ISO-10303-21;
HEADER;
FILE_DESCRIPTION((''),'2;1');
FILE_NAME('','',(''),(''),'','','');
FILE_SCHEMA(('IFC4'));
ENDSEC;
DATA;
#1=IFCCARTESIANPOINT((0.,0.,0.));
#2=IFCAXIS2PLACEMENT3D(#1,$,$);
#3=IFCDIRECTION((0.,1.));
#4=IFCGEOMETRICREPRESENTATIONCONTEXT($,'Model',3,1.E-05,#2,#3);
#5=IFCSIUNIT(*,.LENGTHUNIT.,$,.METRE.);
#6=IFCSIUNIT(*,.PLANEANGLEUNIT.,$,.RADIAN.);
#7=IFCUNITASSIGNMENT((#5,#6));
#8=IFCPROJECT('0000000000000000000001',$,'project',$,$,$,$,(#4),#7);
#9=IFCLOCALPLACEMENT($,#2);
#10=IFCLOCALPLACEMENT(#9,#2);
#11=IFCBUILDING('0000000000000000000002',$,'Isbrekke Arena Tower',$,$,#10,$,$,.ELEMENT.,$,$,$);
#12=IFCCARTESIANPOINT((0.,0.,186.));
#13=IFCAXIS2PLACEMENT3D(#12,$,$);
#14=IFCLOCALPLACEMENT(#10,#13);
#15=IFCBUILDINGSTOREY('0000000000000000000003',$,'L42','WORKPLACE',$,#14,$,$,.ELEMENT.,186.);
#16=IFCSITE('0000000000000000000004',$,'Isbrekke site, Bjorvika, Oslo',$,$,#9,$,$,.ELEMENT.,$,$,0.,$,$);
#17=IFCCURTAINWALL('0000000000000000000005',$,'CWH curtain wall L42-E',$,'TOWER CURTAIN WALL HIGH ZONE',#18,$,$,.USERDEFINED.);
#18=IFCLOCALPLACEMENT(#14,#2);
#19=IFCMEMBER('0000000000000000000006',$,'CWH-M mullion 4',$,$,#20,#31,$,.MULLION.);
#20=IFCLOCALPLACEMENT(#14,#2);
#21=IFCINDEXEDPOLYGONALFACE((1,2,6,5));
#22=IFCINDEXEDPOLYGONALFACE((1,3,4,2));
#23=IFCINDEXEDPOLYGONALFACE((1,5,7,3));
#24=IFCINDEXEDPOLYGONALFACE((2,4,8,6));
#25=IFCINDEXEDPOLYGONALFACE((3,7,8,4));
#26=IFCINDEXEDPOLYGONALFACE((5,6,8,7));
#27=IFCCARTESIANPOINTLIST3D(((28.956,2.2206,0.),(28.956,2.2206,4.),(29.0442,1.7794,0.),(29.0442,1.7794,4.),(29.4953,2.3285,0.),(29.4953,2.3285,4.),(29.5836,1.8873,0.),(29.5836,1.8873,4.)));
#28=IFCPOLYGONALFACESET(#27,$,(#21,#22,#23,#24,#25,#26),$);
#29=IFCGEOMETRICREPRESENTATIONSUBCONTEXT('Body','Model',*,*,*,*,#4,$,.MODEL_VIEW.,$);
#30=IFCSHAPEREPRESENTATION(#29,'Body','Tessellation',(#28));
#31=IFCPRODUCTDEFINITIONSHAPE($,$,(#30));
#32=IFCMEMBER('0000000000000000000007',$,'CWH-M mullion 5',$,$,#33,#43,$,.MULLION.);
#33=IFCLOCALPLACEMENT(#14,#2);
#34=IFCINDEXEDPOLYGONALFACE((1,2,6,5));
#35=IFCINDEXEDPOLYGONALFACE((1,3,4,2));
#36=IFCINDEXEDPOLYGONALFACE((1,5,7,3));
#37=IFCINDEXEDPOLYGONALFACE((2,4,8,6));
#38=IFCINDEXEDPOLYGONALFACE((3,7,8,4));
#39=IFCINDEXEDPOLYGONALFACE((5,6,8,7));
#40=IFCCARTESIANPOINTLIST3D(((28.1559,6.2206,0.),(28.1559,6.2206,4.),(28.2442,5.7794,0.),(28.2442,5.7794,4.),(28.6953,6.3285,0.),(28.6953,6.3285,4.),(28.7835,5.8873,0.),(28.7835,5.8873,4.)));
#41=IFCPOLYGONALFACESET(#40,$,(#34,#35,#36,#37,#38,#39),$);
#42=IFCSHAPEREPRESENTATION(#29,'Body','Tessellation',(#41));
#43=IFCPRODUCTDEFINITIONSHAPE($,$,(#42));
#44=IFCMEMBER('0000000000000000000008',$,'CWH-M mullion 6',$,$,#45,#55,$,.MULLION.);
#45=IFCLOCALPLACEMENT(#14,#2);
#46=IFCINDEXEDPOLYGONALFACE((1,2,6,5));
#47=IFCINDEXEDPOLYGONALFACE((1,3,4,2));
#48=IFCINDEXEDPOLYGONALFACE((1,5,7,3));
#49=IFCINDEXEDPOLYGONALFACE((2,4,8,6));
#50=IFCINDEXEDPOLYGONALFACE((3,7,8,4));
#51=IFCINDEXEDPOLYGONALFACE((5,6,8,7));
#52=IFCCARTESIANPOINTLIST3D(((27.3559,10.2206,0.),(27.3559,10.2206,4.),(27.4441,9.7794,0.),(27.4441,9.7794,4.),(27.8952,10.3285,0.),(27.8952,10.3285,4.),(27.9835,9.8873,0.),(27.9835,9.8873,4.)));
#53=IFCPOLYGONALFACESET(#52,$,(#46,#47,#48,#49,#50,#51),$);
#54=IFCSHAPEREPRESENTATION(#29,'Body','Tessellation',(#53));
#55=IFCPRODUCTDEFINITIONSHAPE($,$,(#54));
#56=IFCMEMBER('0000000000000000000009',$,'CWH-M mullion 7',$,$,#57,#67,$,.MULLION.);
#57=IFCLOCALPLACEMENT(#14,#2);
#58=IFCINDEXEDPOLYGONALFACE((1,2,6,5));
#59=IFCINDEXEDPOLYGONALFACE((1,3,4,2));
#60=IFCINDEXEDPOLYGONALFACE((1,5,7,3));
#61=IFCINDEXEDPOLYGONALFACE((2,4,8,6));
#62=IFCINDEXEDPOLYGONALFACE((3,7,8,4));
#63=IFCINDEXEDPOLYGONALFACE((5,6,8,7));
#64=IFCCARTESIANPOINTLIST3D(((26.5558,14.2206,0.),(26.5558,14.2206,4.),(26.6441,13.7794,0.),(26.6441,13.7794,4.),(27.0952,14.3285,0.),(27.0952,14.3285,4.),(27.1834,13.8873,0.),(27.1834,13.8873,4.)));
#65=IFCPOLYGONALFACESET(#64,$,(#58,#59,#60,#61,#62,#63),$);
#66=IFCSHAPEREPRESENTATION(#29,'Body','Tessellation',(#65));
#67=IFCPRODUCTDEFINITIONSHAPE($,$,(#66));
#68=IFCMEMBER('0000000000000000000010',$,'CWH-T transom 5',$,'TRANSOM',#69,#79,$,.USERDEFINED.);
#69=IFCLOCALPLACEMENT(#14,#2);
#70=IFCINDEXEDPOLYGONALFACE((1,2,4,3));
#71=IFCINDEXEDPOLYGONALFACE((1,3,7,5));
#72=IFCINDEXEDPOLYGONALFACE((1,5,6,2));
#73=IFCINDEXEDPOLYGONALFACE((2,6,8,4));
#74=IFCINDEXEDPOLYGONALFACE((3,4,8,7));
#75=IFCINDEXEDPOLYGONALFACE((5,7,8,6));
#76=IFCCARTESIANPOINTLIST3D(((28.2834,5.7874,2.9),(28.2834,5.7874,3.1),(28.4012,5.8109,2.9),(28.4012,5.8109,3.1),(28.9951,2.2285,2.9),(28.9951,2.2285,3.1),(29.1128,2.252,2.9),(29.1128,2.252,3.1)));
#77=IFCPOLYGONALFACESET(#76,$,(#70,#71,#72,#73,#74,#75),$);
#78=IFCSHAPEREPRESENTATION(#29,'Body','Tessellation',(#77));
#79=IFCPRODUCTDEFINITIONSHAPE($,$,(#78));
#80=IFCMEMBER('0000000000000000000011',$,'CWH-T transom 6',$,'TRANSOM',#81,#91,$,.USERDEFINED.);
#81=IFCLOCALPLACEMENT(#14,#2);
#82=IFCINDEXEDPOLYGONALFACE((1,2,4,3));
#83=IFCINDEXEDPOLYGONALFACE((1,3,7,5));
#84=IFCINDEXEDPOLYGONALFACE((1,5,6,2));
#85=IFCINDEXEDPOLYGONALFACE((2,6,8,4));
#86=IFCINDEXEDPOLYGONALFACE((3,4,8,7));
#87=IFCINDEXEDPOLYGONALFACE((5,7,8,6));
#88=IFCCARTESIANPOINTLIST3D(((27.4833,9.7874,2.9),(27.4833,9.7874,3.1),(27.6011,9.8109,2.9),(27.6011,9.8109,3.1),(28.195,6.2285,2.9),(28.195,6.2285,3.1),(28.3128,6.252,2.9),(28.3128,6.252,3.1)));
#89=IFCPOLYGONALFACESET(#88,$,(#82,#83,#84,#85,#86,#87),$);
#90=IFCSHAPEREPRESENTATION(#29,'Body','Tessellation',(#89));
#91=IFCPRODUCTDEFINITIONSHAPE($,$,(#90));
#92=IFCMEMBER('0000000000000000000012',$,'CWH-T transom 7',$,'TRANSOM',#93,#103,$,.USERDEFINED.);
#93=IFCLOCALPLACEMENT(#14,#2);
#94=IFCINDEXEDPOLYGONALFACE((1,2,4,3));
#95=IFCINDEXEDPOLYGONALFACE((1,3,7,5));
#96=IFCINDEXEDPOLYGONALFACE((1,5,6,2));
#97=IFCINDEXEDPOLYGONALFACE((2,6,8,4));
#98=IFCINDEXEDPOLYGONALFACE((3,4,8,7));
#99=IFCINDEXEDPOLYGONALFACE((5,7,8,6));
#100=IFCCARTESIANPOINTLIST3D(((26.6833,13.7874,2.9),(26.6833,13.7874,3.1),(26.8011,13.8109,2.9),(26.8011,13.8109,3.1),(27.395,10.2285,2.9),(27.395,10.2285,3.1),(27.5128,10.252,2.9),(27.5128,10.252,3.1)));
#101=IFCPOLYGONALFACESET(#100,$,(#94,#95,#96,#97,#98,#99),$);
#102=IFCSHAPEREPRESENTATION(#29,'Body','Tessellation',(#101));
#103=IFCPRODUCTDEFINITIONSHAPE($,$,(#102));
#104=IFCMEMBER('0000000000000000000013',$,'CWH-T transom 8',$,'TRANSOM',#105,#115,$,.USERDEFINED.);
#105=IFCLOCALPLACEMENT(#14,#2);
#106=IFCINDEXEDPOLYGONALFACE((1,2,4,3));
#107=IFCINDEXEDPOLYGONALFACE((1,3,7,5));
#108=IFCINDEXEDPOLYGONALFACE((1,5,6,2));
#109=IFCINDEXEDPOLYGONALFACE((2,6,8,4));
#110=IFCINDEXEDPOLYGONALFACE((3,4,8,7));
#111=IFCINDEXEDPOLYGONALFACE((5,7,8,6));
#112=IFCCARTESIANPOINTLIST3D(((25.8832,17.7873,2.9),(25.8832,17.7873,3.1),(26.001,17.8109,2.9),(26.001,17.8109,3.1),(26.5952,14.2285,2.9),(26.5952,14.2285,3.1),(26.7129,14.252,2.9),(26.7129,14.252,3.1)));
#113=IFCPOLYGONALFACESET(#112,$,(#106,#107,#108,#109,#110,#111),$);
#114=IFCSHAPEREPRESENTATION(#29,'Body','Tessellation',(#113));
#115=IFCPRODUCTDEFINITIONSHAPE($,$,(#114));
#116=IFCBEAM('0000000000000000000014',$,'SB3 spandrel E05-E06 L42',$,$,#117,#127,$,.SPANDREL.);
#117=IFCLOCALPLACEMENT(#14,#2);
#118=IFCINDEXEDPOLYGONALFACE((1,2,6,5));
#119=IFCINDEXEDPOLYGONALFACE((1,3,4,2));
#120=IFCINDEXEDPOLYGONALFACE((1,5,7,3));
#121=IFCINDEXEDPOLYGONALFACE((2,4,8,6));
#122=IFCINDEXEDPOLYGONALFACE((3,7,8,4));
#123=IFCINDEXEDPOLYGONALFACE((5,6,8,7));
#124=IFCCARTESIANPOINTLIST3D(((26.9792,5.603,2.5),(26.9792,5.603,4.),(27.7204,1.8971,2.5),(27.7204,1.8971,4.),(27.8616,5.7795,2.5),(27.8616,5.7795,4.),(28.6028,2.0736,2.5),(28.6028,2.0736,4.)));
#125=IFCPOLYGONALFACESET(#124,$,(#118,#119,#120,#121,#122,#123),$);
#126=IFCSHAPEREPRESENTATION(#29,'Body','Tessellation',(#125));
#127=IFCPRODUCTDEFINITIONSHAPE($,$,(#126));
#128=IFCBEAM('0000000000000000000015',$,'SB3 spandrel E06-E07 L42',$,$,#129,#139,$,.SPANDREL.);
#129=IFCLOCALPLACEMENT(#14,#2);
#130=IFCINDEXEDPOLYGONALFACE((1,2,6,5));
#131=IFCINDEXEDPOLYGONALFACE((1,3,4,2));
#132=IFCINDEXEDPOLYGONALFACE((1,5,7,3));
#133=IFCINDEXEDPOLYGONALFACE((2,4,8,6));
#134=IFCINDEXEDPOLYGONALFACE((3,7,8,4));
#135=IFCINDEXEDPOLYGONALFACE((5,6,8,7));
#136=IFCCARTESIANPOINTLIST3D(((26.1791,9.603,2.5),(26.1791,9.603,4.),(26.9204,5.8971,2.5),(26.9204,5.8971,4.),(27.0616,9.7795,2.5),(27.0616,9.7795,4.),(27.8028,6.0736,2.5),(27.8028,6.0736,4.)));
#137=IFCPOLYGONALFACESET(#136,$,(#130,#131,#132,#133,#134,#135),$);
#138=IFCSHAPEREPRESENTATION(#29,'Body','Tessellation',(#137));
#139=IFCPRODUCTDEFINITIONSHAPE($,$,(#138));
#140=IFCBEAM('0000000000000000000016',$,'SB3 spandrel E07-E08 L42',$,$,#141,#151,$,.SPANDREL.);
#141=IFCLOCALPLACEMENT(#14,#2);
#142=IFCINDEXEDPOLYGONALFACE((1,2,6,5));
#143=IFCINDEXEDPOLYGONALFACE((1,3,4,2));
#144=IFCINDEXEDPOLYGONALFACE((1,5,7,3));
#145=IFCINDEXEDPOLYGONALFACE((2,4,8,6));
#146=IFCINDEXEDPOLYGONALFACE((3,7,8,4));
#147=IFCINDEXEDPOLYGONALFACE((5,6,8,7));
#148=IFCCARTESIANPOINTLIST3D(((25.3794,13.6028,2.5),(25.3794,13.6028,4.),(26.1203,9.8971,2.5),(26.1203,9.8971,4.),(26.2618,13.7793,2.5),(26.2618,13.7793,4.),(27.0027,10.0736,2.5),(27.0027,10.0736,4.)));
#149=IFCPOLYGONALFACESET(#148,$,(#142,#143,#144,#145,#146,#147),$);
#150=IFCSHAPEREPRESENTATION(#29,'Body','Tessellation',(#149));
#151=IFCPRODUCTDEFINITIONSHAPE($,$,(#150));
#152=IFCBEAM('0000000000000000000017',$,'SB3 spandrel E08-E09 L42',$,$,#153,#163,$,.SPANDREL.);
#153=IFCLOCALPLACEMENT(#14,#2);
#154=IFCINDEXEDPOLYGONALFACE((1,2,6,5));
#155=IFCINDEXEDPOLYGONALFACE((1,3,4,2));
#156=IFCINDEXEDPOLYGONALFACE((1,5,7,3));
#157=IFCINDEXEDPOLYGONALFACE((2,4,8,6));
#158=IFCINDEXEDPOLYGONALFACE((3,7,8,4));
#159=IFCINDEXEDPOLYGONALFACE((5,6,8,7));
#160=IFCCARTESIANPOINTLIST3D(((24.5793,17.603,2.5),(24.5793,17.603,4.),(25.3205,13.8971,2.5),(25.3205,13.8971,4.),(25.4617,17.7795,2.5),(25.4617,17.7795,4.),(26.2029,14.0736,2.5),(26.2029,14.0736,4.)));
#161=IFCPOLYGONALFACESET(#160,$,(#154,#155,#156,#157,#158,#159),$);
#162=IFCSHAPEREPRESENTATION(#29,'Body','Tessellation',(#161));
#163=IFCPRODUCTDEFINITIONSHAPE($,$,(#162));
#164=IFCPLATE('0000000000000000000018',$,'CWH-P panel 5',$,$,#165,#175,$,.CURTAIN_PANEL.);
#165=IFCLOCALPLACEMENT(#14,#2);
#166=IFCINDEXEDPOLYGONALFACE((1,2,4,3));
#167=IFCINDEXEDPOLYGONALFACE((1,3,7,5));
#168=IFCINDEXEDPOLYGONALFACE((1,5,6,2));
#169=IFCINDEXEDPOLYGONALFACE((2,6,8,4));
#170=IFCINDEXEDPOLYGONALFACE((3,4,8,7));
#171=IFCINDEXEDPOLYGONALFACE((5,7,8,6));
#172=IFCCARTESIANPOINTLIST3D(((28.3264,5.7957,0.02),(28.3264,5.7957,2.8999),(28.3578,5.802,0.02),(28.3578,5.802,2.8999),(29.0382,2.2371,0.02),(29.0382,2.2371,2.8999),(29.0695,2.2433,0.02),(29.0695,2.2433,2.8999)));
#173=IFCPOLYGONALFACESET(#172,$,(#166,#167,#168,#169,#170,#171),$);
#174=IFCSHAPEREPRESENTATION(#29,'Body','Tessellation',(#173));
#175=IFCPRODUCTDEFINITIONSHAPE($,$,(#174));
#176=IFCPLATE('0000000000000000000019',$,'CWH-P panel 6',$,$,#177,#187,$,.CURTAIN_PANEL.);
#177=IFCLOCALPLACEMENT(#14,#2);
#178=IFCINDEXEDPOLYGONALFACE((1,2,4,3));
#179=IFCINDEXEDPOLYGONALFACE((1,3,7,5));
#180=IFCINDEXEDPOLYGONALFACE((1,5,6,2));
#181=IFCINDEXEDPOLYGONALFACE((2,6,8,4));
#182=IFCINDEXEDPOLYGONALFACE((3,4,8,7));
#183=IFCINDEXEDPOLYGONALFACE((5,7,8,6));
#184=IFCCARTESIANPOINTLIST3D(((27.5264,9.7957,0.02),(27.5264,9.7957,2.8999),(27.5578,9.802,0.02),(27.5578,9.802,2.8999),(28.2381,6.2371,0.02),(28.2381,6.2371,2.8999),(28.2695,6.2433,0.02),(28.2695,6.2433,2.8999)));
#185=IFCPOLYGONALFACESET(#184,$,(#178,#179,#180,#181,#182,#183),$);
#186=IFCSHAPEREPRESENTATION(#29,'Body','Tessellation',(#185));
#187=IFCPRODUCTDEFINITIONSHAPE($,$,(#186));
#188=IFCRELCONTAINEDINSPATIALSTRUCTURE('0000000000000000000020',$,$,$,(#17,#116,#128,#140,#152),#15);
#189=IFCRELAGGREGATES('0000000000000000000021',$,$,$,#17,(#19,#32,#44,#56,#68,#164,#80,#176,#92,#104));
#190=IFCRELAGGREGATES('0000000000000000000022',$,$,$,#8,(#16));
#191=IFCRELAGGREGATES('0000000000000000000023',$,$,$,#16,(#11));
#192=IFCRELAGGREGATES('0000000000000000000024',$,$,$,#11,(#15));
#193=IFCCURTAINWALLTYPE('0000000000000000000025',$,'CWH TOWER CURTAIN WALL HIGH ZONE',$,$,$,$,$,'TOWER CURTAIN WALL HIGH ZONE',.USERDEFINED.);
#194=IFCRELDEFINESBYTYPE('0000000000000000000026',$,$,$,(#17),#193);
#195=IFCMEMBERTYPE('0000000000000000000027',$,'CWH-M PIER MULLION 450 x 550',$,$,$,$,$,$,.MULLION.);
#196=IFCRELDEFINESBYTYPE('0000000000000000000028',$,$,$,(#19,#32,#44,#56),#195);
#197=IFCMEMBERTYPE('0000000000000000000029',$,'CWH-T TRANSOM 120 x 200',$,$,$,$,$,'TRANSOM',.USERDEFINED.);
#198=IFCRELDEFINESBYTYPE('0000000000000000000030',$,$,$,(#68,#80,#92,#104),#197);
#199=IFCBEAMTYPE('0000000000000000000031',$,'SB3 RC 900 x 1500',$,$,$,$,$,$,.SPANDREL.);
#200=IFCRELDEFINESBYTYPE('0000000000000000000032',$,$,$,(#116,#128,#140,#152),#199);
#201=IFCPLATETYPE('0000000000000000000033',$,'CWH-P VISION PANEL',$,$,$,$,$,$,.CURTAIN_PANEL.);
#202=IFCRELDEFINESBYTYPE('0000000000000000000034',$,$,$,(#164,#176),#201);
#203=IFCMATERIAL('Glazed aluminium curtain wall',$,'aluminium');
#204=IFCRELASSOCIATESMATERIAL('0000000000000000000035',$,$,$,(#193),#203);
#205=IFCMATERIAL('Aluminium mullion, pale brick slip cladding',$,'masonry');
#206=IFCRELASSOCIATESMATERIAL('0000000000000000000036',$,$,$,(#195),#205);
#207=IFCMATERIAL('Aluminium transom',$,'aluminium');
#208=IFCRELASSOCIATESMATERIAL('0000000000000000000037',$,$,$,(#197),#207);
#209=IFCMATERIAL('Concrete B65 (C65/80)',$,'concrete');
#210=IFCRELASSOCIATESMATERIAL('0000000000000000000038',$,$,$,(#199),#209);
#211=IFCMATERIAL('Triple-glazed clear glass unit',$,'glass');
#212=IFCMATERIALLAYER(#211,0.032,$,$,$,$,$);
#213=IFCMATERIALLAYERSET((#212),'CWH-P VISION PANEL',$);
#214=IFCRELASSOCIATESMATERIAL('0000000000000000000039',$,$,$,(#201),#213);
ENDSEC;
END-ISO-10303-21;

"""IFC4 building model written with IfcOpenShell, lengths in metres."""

from ifc_helpers import new_model, si_unit, direction, frame, origin, origin_2d, place, context, subcontext, project, spatial, rectangle, extrude, material, layer, layer_set, material_profile, profile_set, type_object, element, aggregate, save


model = new_model("IFC4")

# Units and contexts
model_context = context("Model", 3, precision=1e-05, world=origin(), true_north=direction((0.0, 1.0)))
body_context = subcontext(model_context, "Body", "Model", "MODEL_VIEW")
ifc_project = project(units=[si_unit("LENGTHUNIT", "METRE"), si_unit("PLANEANGLEUNIT", "RADIAN")], contexts=[model_context])

# Site, building, storey
site_placement = place(None, origin())
site = spatial("IfcSite", under=ifc_project, at=site_placement, Name="Isbrekke site, Bjorvika, Oslo", CompositionType="ELEMENT", RefElevation=0.0)
building_placement = place(site_placement, origin())
building = spatial("IfcBuilding", under=site, at=building_placement, Name="Isbrekke Arena Tower", CompositionType="ELEMENT")
storey_placement = place(building_placement, frame((0.0, 0.0, 186.0)))
storey = spatial("IfcBuildingStorey", under=building, at=storey_placement, Name="L42", Description="WORKPLACE", CompositionType="ELEMENT", Elevation=186.0)

# Curtain wall, members
ifc_material_1 = material(Name="Glazed aluminium curtain wall", Category="aluminium")
curtain_wall_type = type_object("IfcCurtainWallType", Name="CWH TOWER CURTAIN WALL HIGH ZONE", ElementType="TOWER CURTAIN WALL HIGH ZONE", PredefinedType="USERDEFINED", material=ifc_material_1)
curtain_wall_placement = place(storey_placement, origin())
curtain_wall = element("IfcCurtainWall", 1, at=curtain_wall_placement, inside=storey, type_object=curtain_wall_type, Name="CWH curtain wall L42-E", ObjectType="TOWER CURTAIN WALL HIGH ZONE", PredefinedType="USERDEFINED")
ifc_material_2 = material(Name="Aluminium mullion, pale brick slip cladding", Category="masonry")
ifc_material_profile_1 = material_profile(ifc_material_2, rectangle(XDim=0.45, YDim=0.55, at=origin_2d()), Name="PIER 450X550")
ifc_profile_set_1 = profile_set([ifc_material_profile_1], Name="Aluminium mullion, pale brick slip cladding")
member_type_1 = type_object("IfcMemberType", Name="CWH-M PIER MULLION 450 x 550", PredefinedType="MULLION", material=ifc_profile_set_1)
member_1_placement = place(storey_placement, frame((29.2698, 2.054, 0.0), z_axis=(0.0, 0.0, 1.0), x_axis=(-0.196116, 0.980581, 0.0)))
member_1 = element("IfcMember", 2, at=member_1_placement, type_object=member_type_1, Name="CWH-M mullion 4", PredefinedType="MULLION", context=body_context, shape_type="SweptSolid", body=[
    extrude(rectangle(XDim=0.45, YDim=0.55, at=origin_2d()), origin(), (0.0, 0.0, 1.0), 4.0),
])
member_2_placement = place(storey_placement, frame((28.4697, 6.054, 0.0), z_axis=(0.0, 0.0, 1.0), x_axis=(-0.196116, 0.980581, 0.0)))
member_2 = element("IfcMember", 3, at=member_2_placement, type_object=member_type_1, Name="CWH-M mullion 5", PredefinedType="MULLION", context=body_context, shape_type="SweptSolid", body=[
    extrude(rectangle(XDim=0.45, YDim=0.55, at=origin_2d()), origin(), (0.0, 0.0, 1.0), 4.0),
])
member_3_placement = place(storey_placement, frame((27.6697, 10.054, 0.0), z_axis=(0.0, 0.0, 1.0), x_axis=(-0.196116, 0.980581, 0.0)))
member_3 = element("IfcMember", 4, at=member_3_placement, type_object=member_type_1, Name="CWH-M mullion 6", PredefinedType="MULLION", context=body_context, shape_type="SweptSolid", body=[
    extrude(rectangle(XDim=0.45, YDim=0.55, at=origin_2d()), origin(), (0.0, 0.0, 1.0), 4.0),
])
member_4_placement = place(storey_placement, frame((26.8696, 14.054, 0.0), z_axis=(0.0, 0.0, 1.0), x_axis=(-0.196116, 0.980581, 0.0)))
member_4 = element("IfcMember", 5, at=member_4_placement, type_object=member_type_1, Name="CWH-M mullion 7", PredefinedType="MULLION", context=body_context, shape_type="SweptSolid", body=[
    extrude(rectangle(XDim=0.45, YDim=0.55, at=origin_2d()), origin(), (0.0, 0.0, 1.0), 4.0),
])
ifc_material_3 = material(Name="Aluminium transom", Category="aluminium")
ifc_material_profile_2 = material_profile(ifc_material_3, rectangle(XDim=0.1201, YDim=0.2, at=origin_2d()), Name="TRANSOM 120X200")
ifc_profile_set_2 = profile_set([ifc_material_profile_2], Name="Aluminium transom")
member_type_2 = type_object("IfcMemberType", Name="CWH-T TRANSOM 120 x 200", ElementType="TRANSOM", PredefinedType="USERDEFINED", material=ifc_profile_set_2)
member_5_placement = place(storey_placement, frame((29.054, 2.2402, 3.0), z_axis=(-0.19609, 0.980586, 0.0), x_axis=(-0.980586, -0.19609, 0.0)))
member_5 = element("IfcMember", 6, at=member_5_placement, type_object=member_type_2, Name="CWH-T transom 5", ObjectType="TRANSOM", PredefinedType="USERDEFINED", context=body_context, shape_type="SweptSolid", body=[
    extrude(rectangle(XDim=0.1201, YDim=0.2, at=origin_2d()), origin(), (0.0, 0.0, 1.0), 3.6294),
])
member_6_placement = place(storey_placement, frame((28.2539, 6.2402, 3.0), z_axis=(-0.19609, 0.980586, 0.0), x_axis=(-0.980586, -0.19609, 0.0)))
member_6 = element("IfcMember", 7, at=member_6_placement, type_object=member_type_2, Name="CWH-T transom 6", ObjectType="TRANSOM", PredefinedType="USERDEFINED", context=body_context, shape_type="SweptSolid", body=[
    extrude(rectangle(XDim=0.1201, YDim=0.2, at=origin_2d()), origin(), (0.0, 0.0, 1.0), 3.6294),
])
member_7_placement = place(storey_placement, frame((27.4539, 10.2402, 3.0), z_axis=(-0.19609, 0.980586, 0.0), x_axis=(-0.980586, -0.19609, 0.0)))
member_7 = element("IfcMember", 8, at=member_7_placement, type_object=member_type_2, Name="CWH-T transom 7", ObjectType="TRANSOM", PredefinedType="USERDEFINED", context=body_context, shape_type="SweptSolid", body=[
    extrude(rectangle(XDim=0.1201, YDim=0.2, at=origin_2d()), origin(), (0.0, 0.0, 1.0), 3.6294),
])
member_8_placement = place(storey_placement, frame((26.6541, 14.2402, 3.0), z_axis=(-0.196155, 0.980573, 0.0), x_axis=(-0.980573, -0.196155, 0.0)))
member_8 = element("IfcMember", 9, at=member_8_placement, type_object=member_type_2, Name="CWH-T transom 8", ObjectType="TRANSOM", PredefinedType="USERDEFINED", context=body_context, shape_type="SweptSolid", body=[
    extrude(rectangle(XDim=0.1201, YDim=0.2, at=origin_2d()), origin(), (0.0, 0.0, 1.0), 3.6294),
])

# Beams
ifc_material_4 = material(Name="Concrete B65 (C65/80)", Category="concrete")
ifc_material_profile_3 = material_profile(ifc_material_4, rectangle(XDim=0.8999, YDim=1.5, at=origin_2d()), Name="RC 900x1500")
ifc_profile_set_3 = profile_set([ifc_material_profile_3], Name="Concrete B65 (C65/80)")
beam_type_1 = type_object("IfcBeamType", Name="SB3 RC 900 x 1500", PredefinedType="SPANDREL", material=ifc_profile_set_3)
for number, where, z_axis, x_axis, name in (
    (10, (28.1616, 1.9854, 3.25), (-0.196129, 0.980578, 0.0), (-0.980578, -0.196129, 0.0), "SB3 spandrel E05-E06 L42"),
    (11, (27.3616, 5.9854, 3.25), (-0.196129, 0.980578, 0.0), (-0.980578, -0.196129, 0.0), "SB3 spandrel E06-E07 L42"),
):
    element("IfcBeam", number, at=place(storey_placement, frame(where, z_axis=z_axis, x_axis=x_axis)), inside=storey, type_object=beam_type_1, Name=name, PredefinedType="SPANDREL", context=body_context, shape_type="SweptSolid", body=[
        extrude(rectangle(XDim=0.8999, YDim=1.5, at=origin_2d()), origin(), (0.0, 0.0, 1.0), 3.7793),
    ])
beam_1_placement = place(storey_placement, frame((26.5615, 9.9854, 3.25), z_axis=(-0.196066, 0.980591, 0.0), x_axis=(-0.980591, -0.196066, 0.0)))
element("IfcBeam", 12, at=beam_1_placement, inside=storey, type_object=beam_type_1, Name="SB3 spandrel E07-E08 L42", PredefinedType="SPANDREL", context=body_context, shape_type="SweptSolid", body=[
    extrude(rectangle(XDim=0.8999, YDim=1.5, at=origin_2d()), origin(), (0.0, 0.0, 1.0), 3.7791),
])
beam_2_placement = place(storey_placement, frame((25.7617, 13.9854, 3.25), z_axis=(-0.196129, 0.980578, 0.0), x_axis=(-0.980578, -0.196129, 0.0)))
element("IfcBeam", 13, at=beam_2_placement, inside=storey, type_object=beam_type_1, Name="SB3 spandrel E08-E09 L42", PredefinedType="SPANDREL", context=body_context, shape_type="SweptSolid", body=[
    extrude(rectangle(XDim=0.8999, YDim=1.5, at=origin_2d()), origin(), (0.0, 0.0, 1.0), 3.7793),
])

# Plates
ifc_material_5 = material(Name="Triple-glazed clear glass unit", Category="glass")
ifc_layer_1 = layer(ifc_material_5, 0.032)
ifc_layer_set_1 = layer_set([ifc_layer_1], Name="CWH-P VISION PANEL")
plate_type = type_object("IfcPlateType", Name="CWH-P VISION PANEL", PredefinedType="CURTAIN_PANEL", material=ifc_layer_set_1)
plate_1_placement = place(storey_placement, frame((28.698, 4.0195, 0.02), z_axis=(0.0, 0.0, 1.0), x_axis=(-0.196116, 0.980581, 0.0)))
plate_1 = element("IfcPlate", 14, at=plate_1_placement, type_object=plate_type, Name="CWH-P panel 5", PredefinedType="CURTAIN_PANEL", context=body_context, shape_type="SweptSolid", body=[
    extrude(rectangle(XDim=3.6292, YDim=0.032, at=origin_2d()), origin(), (0.0, 0.0, 1.0), 2.8799),
])
plate_2_placement = place(storey_placement, frame((27.8979, 8.0195, 0.02), z_axis=(0.0, 0.0, 1.0), x_axis=(-0.196116, 0.980581, 0.0)))
plate_2 = element("IfcPlate", 15, at=plate_2_placement, type_object=plate_type, Name="CWH-P panel 6", PredefinedType="CURTAIN_PANEL", context=body_context, shape_type="SweptSolid", body=[
    extrude(rectangle(XDim=3.6292, YDim=0.032, at=origin_2d()), origin(), (0.0, 0.0, 1.0), 2.8799),
])
aggregate(curtain_wall, [member_1, member_2, member_3, member_4, member_5, plate_1, member_6, plate_2, member_7, member_8])

save(model, "model.ifc")
